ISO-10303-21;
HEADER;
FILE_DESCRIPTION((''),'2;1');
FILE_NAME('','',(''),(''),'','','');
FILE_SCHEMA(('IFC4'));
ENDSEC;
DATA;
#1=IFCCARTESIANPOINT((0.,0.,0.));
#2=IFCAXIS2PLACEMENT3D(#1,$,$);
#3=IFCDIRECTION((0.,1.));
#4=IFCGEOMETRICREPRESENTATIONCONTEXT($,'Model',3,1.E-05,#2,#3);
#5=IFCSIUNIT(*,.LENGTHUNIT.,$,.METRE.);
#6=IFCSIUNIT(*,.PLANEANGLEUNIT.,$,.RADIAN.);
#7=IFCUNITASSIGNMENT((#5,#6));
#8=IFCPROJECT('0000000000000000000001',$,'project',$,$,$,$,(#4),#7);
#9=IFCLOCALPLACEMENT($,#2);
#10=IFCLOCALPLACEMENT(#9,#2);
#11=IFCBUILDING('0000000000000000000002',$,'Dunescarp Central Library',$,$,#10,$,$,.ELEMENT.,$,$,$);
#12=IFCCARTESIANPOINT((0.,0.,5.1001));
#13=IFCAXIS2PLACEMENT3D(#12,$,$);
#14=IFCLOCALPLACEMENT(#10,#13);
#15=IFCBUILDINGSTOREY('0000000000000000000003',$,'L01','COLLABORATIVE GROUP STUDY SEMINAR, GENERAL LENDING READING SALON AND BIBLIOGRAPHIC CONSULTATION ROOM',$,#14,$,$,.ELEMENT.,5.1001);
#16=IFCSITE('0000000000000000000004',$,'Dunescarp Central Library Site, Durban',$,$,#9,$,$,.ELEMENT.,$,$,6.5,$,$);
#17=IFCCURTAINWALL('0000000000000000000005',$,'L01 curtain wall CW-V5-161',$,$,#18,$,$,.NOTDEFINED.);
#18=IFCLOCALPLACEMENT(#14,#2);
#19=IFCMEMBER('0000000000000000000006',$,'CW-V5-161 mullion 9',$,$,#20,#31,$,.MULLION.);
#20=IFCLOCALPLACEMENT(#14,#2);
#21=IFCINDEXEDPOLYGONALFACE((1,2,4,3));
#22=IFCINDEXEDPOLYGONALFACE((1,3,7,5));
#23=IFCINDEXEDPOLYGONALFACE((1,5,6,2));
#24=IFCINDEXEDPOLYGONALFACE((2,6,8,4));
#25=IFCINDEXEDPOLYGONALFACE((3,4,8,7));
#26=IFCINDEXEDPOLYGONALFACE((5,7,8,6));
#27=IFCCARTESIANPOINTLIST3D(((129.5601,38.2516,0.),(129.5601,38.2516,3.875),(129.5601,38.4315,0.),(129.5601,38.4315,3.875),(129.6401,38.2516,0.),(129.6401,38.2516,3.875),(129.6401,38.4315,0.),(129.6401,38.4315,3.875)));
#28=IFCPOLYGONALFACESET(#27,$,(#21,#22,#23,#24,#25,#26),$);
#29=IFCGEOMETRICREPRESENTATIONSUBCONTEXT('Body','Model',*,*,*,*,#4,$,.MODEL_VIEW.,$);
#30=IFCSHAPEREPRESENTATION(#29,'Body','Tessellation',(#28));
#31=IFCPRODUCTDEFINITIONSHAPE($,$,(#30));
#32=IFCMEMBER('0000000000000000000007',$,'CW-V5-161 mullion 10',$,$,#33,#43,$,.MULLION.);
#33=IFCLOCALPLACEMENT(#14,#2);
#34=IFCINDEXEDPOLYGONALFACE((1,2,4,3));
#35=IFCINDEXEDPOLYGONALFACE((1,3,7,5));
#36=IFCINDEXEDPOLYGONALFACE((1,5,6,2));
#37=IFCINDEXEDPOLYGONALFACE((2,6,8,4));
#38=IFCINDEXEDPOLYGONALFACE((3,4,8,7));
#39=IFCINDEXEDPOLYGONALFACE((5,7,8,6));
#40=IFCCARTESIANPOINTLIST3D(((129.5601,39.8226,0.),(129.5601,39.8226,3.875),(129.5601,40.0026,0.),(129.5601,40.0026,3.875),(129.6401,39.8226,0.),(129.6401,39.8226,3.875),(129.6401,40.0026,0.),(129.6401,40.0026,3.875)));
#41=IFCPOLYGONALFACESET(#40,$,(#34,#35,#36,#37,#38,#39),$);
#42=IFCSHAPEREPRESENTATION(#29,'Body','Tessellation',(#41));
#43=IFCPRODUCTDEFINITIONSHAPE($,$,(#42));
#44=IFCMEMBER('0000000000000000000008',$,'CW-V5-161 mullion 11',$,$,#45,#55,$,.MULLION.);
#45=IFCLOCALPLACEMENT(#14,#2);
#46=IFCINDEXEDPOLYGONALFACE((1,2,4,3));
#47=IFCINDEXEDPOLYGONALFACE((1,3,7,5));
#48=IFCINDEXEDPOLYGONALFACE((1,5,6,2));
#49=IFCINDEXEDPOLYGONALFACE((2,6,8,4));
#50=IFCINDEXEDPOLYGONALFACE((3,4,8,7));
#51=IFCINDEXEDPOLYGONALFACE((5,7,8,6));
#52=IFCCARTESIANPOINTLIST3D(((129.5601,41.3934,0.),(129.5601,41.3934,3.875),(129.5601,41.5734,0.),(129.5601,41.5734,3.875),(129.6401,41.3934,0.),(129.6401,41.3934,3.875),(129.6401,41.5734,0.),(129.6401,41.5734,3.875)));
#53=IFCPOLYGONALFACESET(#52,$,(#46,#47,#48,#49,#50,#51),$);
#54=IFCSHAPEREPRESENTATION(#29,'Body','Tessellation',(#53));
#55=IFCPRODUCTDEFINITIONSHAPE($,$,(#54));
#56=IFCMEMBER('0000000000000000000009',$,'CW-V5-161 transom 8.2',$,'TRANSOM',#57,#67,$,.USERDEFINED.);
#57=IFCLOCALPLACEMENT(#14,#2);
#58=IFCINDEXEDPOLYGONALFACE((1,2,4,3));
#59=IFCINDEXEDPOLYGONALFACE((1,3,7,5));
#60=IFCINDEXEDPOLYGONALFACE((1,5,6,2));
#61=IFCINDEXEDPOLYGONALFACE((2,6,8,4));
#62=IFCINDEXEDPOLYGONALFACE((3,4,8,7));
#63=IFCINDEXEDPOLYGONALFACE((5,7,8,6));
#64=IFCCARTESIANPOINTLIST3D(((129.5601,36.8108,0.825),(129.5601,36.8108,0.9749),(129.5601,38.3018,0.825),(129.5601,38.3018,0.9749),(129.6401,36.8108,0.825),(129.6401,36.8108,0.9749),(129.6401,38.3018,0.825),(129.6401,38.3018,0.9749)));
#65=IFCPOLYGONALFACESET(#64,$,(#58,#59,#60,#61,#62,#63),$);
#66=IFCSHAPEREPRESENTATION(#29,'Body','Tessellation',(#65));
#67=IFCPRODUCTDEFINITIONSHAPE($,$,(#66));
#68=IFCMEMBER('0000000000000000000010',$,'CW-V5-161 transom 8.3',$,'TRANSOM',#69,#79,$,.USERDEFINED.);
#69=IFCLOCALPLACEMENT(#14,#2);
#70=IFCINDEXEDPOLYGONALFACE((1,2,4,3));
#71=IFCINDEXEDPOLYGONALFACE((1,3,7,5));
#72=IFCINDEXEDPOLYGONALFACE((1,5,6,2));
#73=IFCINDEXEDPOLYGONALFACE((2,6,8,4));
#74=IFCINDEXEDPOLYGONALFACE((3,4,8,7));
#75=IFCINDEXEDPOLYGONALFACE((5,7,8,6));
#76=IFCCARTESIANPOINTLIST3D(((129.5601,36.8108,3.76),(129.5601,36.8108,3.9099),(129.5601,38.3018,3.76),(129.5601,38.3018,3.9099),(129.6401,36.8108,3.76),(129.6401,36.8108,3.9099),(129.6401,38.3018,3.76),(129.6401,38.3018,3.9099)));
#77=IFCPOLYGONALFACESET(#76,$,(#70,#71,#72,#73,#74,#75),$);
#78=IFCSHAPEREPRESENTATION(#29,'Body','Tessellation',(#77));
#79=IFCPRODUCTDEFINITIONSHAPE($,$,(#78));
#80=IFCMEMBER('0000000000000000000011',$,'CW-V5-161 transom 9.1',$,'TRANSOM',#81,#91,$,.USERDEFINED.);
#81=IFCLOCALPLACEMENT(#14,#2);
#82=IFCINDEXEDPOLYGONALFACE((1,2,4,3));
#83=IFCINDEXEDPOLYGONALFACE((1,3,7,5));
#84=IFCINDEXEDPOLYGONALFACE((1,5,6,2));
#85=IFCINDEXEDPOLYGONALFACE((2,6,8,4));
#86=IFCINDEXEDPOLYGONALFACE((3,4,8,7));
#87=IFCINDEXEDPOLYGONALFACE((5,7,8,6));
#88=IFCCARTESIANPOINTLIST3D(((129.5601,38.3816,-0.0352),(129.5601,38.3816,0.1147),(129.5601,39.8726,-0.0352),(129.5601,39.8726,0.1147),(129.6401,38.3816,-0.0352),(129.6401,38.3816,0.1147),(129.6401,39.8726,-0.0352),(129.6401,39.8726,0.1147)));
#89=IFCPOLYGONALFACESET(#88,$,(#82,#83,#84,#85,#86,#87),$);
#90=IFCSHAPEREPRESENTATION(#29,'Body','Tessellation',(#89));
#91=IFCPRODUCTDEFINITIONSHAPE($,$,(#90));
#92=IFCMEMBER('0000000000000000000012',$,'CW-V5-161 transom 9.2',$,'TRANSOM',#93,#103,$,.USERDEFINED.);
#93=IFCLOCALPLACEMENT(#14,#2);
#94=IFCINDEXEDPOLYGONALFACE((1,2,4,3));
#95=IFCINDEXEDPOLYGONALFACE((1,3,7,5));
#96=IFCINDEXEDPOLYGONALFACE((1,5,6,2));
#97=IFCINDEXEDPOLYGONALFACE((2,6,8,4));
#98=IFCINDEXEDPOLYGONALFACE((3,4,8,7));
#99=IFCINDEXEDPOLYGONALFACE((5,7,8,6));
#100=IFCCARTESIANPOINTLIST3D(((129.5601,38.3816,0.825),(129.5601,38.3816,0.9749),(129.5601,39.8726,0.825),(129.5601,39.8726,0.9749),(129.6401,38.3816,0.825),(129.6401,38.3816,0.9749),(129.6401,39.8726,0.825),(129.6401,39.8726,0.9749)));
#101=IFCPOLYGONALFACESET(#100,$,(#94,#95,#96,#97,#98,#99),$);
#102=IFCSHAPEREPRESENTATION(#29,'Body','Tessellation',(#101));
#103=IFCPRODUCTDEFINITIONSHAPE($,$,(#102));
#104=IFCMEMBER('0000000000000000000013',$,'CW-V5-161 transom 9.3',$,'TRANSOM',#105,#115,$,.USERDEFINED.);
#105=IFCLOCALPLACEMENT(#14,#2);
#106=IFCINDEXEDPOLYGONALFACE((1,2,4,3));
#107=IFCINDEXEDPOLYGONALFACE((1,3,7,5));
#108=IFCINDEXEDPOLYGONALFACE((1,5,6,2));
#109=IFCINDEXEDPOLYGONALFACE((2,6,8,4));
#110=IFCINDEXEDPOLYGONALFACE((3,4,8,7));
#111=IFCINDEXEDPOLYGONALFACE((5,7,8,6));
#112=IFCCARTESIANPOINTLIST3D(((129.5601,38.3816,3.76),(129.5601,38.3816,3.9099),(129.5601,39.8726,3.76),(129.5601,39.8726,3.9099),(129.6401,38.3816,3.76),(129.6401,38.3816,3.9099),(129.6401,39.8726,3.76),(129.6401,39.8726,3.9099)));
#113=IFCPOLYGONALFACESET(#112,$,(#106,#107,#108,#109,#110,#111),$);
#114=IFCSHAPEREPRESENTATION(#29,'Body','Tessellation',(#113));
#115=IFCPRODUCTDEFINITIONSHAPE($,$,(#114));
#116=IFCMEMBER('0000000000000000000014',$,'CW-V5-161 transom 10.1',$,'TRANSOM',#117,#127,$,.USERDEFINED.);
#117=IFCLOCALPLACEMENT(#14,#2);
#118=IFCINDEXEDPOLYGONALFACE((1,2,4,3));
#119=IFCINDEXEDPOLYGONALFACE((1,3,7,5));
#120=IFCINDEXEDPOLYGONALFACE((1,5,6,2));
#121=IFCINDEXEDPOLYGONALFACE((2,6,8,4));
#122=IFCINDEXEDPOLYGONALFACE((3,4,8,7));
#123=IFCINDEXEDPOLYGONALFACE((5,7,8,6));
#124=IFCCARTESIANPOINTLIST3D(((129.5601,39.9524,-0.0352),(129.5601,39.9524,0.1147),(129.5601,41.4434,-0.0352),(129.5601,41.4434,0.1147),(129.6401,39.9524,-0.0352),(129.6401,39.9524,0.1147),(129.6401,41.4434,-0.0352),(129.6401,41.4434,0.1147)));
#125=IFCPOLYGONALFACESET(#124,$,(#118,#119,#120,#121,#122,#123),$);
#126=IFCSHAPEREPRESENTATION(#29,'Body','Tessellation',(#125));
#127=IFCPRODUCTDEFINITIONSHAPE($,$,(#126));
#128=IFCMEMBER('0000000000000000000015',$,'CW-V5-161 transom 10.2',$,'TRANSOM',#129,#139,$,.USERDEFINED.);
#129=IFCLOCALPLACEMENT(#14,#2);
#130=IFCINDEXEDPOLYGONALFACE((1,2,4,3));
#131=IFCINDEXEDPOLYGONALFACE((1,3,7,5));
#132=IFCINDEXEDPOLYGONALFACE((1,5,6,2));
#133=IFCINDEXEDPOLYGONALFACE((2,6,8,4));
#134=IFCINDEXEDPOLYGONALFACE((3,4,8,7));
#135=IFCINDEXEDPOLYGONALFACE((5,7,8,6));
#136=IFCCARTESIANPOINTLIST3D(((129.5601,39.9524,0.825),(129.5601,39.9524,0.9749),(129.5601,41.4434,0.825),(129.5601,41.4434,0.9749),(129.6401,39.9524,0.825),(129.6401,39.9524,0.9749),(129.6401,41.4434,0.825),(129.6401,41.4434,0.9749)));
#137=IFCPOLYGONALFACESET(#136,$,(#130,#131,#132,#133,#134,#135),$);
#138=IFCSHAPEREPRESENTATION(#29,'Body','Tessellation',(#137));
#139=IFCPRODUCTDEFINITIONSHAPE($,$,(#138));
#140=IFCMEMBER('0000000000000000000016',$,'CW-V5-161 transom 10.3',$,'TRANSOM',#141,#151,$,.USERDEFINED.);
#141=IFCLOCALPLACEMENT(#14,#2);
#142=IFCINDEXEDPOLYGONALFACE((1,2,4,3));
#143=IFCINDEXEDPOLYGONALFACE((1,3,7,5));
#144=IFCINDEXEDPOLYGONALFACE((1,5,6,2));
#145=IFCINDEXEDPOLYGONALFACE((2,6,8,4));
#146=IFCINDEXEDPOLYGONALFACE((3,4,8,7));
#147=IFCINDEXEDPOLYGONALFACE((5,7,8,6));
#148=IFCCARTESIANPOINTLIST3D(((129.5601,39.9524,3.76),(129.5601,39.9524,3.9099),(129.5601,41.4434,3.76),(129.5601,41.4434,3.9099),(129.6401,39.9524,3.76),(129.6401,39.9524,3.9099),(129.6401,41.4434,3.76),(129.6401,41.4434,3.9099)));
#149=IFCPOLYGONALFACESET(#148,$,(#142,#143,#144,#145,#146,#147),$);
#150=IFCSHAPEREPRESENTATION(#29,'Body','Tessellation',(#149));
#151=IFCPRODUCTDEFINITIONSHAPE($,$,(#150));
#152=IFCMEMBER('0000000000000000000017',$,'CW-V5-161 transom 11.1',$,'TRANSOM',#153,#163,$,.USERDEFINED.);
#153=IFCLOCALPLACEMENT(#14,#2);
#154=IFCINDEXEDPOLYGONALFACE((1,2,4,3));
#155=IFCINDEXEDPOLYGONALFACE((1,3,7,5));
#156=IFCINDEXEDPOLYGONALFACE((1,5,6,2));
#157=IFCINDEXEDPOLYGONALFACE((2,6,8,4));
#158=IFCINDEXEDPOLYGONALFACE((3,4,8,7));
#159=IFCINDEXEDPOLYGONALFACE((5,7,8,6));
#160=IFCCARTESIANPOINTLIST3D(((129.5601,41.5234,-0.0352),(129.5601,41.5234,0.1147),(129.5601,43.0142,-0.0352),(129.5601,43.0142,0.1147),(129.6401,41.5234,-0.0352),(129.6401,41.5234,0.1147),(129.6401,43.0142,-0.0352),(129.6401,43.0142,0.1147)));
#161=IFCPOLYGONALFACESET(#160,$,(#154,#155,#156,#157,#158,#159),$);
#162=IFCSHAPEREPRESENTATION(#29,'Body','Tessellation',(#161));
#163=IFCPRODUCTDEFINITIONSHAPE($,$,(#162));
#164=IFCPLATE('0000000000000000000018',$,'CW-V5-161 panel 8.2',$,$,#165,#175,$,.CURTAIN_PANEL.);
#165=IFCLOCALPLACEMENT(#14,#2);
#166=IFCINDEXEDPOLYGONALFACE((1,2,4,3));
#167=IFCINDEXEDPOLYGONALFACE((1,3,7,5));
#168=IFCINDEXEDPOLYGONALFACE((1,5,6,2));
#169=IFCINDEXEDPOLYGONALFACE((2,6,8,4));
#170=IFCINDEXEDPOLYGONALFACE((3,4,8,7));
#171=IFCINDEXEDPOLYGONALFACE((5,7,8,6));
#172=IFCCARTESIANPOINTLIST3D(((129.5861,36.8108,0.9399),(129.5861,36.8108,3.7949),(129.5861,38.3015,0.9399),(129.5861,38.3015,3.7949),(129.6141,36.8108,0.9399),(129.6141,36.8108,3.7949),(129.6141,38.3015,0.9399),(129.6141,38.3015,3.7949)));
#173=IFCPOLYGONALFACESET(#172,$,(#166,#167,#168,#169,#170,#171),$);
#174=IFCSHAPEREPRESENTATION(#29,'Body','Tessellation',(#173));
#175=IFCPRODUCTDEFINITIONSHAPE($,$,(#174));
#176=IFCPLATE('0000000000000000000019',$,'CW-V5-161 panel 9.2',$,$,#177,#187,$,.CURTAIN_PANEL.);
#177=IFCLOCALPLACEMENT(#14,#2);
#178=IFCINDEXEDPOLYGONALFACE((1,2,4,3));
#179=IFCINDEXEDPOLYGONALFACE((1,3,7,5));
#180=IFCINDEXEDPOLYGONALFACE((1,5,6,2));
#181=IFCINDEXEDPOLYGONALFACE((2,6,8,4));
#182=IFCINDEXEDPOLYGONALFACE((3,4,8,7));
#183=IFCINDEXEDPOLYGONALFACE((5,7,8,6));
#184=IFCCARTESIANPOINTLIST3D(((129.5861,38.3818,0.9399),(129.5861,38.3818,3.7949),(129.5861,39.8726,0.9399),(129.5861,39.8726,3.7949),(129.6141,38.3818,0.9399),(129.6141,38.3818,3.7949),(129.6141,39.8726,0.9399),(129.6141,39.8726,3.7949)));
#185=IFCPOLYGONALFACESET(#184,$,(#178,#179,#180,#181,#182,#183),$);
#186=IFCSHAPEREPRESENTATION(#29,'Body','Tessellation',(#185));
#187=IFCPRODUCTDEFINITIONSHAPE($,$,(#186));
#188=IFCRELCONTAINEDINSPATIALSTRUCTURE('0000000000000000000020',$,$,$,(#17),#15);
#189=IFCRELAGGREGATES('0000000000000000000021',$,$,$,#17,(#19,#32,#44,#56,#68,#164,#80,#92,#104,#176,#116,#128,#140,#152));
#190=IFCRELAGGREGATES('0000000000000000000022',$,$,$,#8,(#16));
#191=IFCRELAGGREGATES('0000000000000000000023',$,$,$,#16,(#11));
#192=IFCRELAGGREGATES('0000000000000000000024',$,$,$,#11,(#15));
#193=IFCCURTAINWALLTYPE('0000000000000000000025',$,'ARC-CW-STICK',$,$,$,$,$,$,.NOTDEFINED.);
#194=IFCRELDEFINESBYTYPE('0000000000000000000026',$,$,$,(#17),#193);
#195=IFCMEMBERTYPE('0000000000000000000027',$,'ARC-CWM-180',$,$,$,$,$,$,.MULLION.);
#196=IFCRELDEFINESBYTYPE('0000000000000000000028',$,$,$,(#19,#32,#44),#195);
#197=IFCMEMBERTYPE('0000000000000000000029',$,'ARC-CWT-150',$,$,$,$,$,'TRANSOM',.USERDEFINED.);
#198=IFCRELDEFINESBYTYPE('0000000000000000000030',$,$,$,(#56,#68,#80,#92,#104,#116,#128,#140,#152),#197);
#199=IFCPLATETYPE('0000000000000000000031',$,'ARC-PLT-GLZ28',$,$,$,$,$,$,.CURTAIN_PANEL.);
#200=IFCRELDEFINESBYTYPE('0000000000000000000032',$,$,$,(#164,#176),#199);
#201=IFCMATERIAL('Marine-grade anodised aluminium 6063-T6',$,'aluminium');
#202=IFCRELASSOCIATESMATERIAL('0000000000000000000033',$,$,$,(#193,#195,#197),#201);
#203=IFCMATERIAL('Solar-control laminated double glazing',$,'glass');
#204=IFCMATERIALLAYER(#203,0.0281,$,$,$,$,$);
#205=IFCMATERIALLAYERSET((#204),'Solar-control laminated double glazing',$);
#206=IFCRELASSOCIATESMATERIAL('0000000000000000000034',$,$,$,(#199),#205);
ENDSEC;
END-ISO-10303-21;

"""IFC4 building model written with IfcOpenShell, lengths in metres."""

from ifc_helpers import new_model, si_unit, direction, frame, origin, origin_2d, place, context, subcontext, project, spatial, rectangle, extrude, material, layer, layer_set, material_profile, profile_set, type_object, element, aggregate, save


model = new_model("IFC4")

# Units and contexts
model_context = context("Model", 3, precision=1e-05, world=origin(), true_north=direction((0.0, 1.0)))
body_context = subcontext(model_context, "Body", "Model", "MODEL_VIEW")
ifc_project = project(units=[si_unit("LENGTHUNIT", "METRE"), si_unit("PLANEANGLEUNIT", "RADIAN")], contexts=[model_context])

# Site, building, storey
site_placement = place(None, origin())
site = spatial("IfcSite", under=ifc_project, at=site_placement, Name="Dunescarp Central Library Site, Durban", CompositionType="ELEMENT", RefElevation=6.5)
building_placement = place(site_placement, origin())
building = spatial("IfcBuilding", under=site, at=building_placement, Name="Dunescarp Central Library", CompositionType="ELEMENT")
storey_placement = place(building_placement, frame((0.0, 0.0, 5.1001)))
storey = spatial("IfcBuildingStorey", under=building, at=storey_placement, Name="L01", Description="COLLABORATIVE GROUP STUDY SEMINAR, GENERAL LENDING READING SALON AND BIBLIOGRAPHIC CONSULTATION ROOM", CompositionType="ELEMENT", Elevation=5.1001)

# Curtain wall, members, plates
ifc_material_1 = material(Name="Marine-grade anodised aluminium 6063-T6", Category="aluminium")
curtain_wall_type = type_object("IfcCurtainWallType", Name="ARC-CW-STICK", PredefinedType="NOTDEFINED", material=ifc_material_1)
curtain_wall_placement = place(storey_placement, origin())
curtain_wall = element("IfcCurtainWall", 1, at=curtain_wall_placement, inside=storey, type_object=curtain_wall_type, Name="L01 curtain wall CW-V5-161", PredefinedType="NOTDEFINED")
ifc_material_profile_1 = material_profile(ifc_material_1, rectangle(XDim=0.0801, YDim=0.1799, at=origin_2d()), Name="AL 80x180")
ifc_profile_set_1 = profile_set([ifc_material_profile_1], Name="Marine-grade anodised aluminium 6063-T6")
member_type_1 = type_object("IfcMemberType", Name="ARC-CWM-180", PredefinedType="MULLION", material=ifc_profile_set_1)
member_1_placement = place(storey_placement, frame((129.6001, 38.3416, 0.0), z_axis=(0.0, 0.0, 1.0), x_axis=(-1.0, 0.0, 0.0)))
member_1 = element("IfcMember", 2, at=member_1_placement, type_object=member_type_1, Name="CW-V5-161 mullion 9", PredefinedType="MULLION", context=body_context, shape_type="SweptSolid", body=[
    extrude(rectangle(XDim=0.0801, YDim=0.1799, at=origin_2d()), origin(), (0.0, 0.0, 1.0), 3.875),
])
member_2_placement = place(storey_placement, frame((129.6001, 39.9126, 0.0), z_axis=(0.0, 0.0, 1.0), x_axis=(-1.0, 0.0, 0.0)))
member_2 = element("IfcMember", 3, at=member_2_placement, type_object=member_type_1, Name="CW-V5-161 mullion 10", PredefinedType="MULLION", context=body_context, shape_type="SweptSolid", body=[
    extrude(rectangle(XDim=0.0801, YDim=0.1799, at=origin_2d()), origin(), (0.0, 0.0, 1.0), 3.875),
])
member_3_placement = place(storey_placement, frame((129.6001, 41.4834, 0.0), z_axis=(0.0, 0.0, 1.0), x_axis=(-1.0, 0.0, 0.0)))
member_3 = element("IfcMember", 4, at=member_3_placement, type_object=member_type_1, Name="CW-V5-161 mullion 11", PredefinedType="MULLION", context=body_context, shape_type="SweptSolid", body=[
    extrude(rectangle(XDim=0.0801, YDim=0.1799, at=origin_2d()), origin(), (0.0, 0.0, 1.0), 3.875),
])
ifc_material_profile_2 = material_profile(ifc_material_1, rectangle(XDim=0.0801, YDim=0.1499, at=origin_2d()), Name="AL 80x150")
ifc_profile_set_2 = profile_set([ifc_material_profile_2], Name="Marine-grade anodised aluminium 6063-T6")
member_type_2 = type_object("IfcMemberType", Name="ARC-CWT-150", ElementType="TRANSOM", PredefinedType="USERDEFINED", material=ifc_profile_set_2)
member_4_placement = place(storey_placement, frame((129.6001, 36.8108, 0.8999), z_axis=(0.0, 1.0, 0.0), x_axis=(-1.0, 0.0, 0.0)))
member_4 = element("IfcMember", 5, at=member_4_placement, type_object=member_type_2, Name="CW-V5-161 transom 8.2", ObjectType="TRANSOM", PredefinedType="USERDEFINED", context=body_context, shape_type="SweptSolid", body=[
    extrude(rectangle(XDim=0.0801, YDim=0.1499, at=origin_2d()), origin(), (0.0, 0.0, 1.0), 1.491),
])
member_5_placement = place(storey_placement, frame((129.6001, 36.8108, 3.835), z_axis=(0.0, 1.0, 0.0), x_axis=(-1.0, 0.0, 0.0)))
member_5 = element("IfcMember", 6, at=member_5_placement, type_object=member_type_2, Name="CW-V5-161 transom 8.3", ObjectType="TRANSOM", PredefinedType="USERDEFINED", context=body_context, shape_type="SweptSolid", body=[
    extrude(rectangle(XDim=0.0801, YDim=0.1499, at=origin_2d()), origin(), (0.0, 0.0, 1.0), 1.491),
])
member_6_placement = place(storey_placement, frame((129.6001, 38.3816, 0.0398), z_axis=(0.0, 1.0, 0.0), x_axis=(-1.0, 0.0, 0.0)))
member_6 = element("IfcMember", 7, at=member_6_placement, type_object=member_type_2, Name="CW-V5-161 transom 9.1", ObjectType="TRANSOM", PredefinedType="USERDEFINED", context=body_context, shape_type="SweptSolid", body=[
    extrude(rectangle(XDim=0.0801, YDim=0.1499, at=origin_2d()), origin(), (0.0, 0.0, 1.0), 1.491),
])
member_7_placement = place(storey_placement, frame((129.6001, 38.3816, 0.8999), z_axis=(0.0, 1.0, 0.0), x_axis=(-1.0, 0.0, 0.0)))
member_7 = element("IfcMember", 8, at=member_7_placement, type_object=member_type_2, Name="CW-V5-161 transom 9.2", ObjectType="TRANSOM", PredefinedType="USERDEFINED", context=body_context, shape_type="SweptSolid", body=[
    extrude(rectangle(XDim=0.0801, YDim=0.1499, at=origin_2d()), origin(), (0.0, 0.0, 1.0), 1.491),
])
member_8_placement = place(storey_placement, frame((129.6001, 38.3816, 3.835), z_axis=(0.0, 1.0, 0.0), x_axis=(-1.0, 0.0, 0.0)))
member_8 = element("IfcMember", 9, at=member_8_placement, type_object=member_type_2, Name="CW-V5-161 transom 9.3", ObjectType="TRANSOM", PredefinedType="USERDEFINED", context=body_context, shape_type="SweptSolid", body=[
    extrude(rectangle(XDim=0.0801, YDim=0.1499, at=origin_2d()), origin(), (0.0, 0.0, 1.0), 1.491),
])
member_9_placement = place(storey_placement, frame((129.6001, 39.9524, 0.0398), z_axis=(0.0, 1.0, 0.0), x_axis=(-1.0, 0.0, 0.0)))
member_9 = element("IfcMember", 10, at=member_9_placement, type_object=member_type_2, Name="CW-V5-161 transom 10.1", ObjectType="TRANSOM", PredefinedType="USERDEFINED", context=body_context, shape_type="SweptSolid", body=[
    extrude(rectangle(XDim=0.0801, YDim=0.1499, at=origin_2d()), origin(), (0.0, 0.0, 1.0), 1.491),
])
member_10_placement = place(storey_placement, frame((129.6001, 39.9524, 0.8999), z_axis=(0.0, 1.0, 0.0), x_axis=(-1.0, 0.0, 0.0)))
member_10 = element("IfcMember", 11, at=member_10_placement, type_object=member_type_2, Name="CW-V5-161 transom 10.2", ObjectType="TRANSOM", PredefinedType="USERDEFINED", context=body_context, shape_type="SweptSolid", body=[
    extrude(rectangle(XDim=0.0801, YDim=0.1499, at=origin_2d()), origin(), (0.0, 0.0, 1.0), 1.491),
])
member_11_placement = place(storey_placement, frame((129.6001, 39.9524, 3.835), z_axis=(0.0, 1.0, 0.0), x_axis=(-1.0, 0.0, 0.0)))
member_11 = element("IfcMember", 12, at=member_11_placement, type_object=member_type_2, Name="CW-V5-161 transom 10.3", ObjectType="TRANSOM", PredefinedType="USERDEFINED", context=body_context, shape_type="SweptSolid", body=[
    extrude(rectangle(XDim=0.0801, YDim=0.1499, at=origin_2d()), origin(), (0.0, 0.0, 1.0), 1.491),
])
member_12_placement = place(storey_placement, frame((129.6001, 41.5234, 0.0398), z_axis=(0.0, 1.0, 0.0), x_axis=(-1.0, 0.0, 0.0)))
member_12 = element("IfcMember", 13, at=member_12_placement, type_object=member_type_2, Name="CW-V5-161 transom 11.1", ObjectType="TRANSOM", PredefinedType="USERDEFINED", context=body_context, shape_type="SweptSolid", body=[
    extrude(rectangle(XDim=0.0801, YDim=0.1499, at=origin_2d()), origin(), (0.0, 0.0, 1.0), 1.4907),
])
ifc_material_2 = material(Name="Solar-control laminated double glazing", Category="glass")
ifc_layer_1 = layer(ifc_material_2, 0.0281)
ifc_layer_set_1 = layer_set([ifc_layer_1], Name="Solar-control laminated double glazing")
plate_type_1 = type_object("IfcPlateType", Name="ARC-PLT-GLZ28", PredefinedType="CURTAIN_PANEL", material=ifc_layer_set_1)
plate_1_placement = place(storey_placement, frame((129.6001, 37.5562, 0.9399), z_axis=(0.0, 0.0, 1.0), x_axis=(0.0, 1.0, 0.0)))
plate_1 = element("IfcPlate", 14, at=plate_1_placement, type_object=plate_type_1, Name="CW-V5-161 panel 8.2", PredefinedType="CURTAIN_PANEL", context=body_context, shape_type="SweptSolid", body=[
    extrude(rectangle(XDim=1.4907, YDim=0.0281, at=origin_2d()), origin(), (0.0, 0.0, 1.0), 2.855),
])
plate_2_placement = place(storey_placement, frame((129.6001, 39.1272, 0.9399), z_axis=(0.0, 0.0, 1.0), x_axis=(0.0, 1.0, 0.0)))
plate_2 = element("IfcPlate", 15, at=plate_2_placement, type_object=plate_type_1, Name="CW-V5-161 panel 9.2", PredefinedType="CURTAIN_PANEL", context=body_context, shape_type="SweptSolid", body=[
    extrude(rectangle(XDim=1.4907, YDim=0.0281, at=origin_2d()), origin(), (0.0, 0.0, 1.0), 2.855),
])
aggregate(curtain_wall, [member_1, member_2, member_3, member_4, member_5, plate_1, member_6, member_7, member_8, plate_2, member_9, member_10, member_11, member_12])

save(model, "model.ifc")
